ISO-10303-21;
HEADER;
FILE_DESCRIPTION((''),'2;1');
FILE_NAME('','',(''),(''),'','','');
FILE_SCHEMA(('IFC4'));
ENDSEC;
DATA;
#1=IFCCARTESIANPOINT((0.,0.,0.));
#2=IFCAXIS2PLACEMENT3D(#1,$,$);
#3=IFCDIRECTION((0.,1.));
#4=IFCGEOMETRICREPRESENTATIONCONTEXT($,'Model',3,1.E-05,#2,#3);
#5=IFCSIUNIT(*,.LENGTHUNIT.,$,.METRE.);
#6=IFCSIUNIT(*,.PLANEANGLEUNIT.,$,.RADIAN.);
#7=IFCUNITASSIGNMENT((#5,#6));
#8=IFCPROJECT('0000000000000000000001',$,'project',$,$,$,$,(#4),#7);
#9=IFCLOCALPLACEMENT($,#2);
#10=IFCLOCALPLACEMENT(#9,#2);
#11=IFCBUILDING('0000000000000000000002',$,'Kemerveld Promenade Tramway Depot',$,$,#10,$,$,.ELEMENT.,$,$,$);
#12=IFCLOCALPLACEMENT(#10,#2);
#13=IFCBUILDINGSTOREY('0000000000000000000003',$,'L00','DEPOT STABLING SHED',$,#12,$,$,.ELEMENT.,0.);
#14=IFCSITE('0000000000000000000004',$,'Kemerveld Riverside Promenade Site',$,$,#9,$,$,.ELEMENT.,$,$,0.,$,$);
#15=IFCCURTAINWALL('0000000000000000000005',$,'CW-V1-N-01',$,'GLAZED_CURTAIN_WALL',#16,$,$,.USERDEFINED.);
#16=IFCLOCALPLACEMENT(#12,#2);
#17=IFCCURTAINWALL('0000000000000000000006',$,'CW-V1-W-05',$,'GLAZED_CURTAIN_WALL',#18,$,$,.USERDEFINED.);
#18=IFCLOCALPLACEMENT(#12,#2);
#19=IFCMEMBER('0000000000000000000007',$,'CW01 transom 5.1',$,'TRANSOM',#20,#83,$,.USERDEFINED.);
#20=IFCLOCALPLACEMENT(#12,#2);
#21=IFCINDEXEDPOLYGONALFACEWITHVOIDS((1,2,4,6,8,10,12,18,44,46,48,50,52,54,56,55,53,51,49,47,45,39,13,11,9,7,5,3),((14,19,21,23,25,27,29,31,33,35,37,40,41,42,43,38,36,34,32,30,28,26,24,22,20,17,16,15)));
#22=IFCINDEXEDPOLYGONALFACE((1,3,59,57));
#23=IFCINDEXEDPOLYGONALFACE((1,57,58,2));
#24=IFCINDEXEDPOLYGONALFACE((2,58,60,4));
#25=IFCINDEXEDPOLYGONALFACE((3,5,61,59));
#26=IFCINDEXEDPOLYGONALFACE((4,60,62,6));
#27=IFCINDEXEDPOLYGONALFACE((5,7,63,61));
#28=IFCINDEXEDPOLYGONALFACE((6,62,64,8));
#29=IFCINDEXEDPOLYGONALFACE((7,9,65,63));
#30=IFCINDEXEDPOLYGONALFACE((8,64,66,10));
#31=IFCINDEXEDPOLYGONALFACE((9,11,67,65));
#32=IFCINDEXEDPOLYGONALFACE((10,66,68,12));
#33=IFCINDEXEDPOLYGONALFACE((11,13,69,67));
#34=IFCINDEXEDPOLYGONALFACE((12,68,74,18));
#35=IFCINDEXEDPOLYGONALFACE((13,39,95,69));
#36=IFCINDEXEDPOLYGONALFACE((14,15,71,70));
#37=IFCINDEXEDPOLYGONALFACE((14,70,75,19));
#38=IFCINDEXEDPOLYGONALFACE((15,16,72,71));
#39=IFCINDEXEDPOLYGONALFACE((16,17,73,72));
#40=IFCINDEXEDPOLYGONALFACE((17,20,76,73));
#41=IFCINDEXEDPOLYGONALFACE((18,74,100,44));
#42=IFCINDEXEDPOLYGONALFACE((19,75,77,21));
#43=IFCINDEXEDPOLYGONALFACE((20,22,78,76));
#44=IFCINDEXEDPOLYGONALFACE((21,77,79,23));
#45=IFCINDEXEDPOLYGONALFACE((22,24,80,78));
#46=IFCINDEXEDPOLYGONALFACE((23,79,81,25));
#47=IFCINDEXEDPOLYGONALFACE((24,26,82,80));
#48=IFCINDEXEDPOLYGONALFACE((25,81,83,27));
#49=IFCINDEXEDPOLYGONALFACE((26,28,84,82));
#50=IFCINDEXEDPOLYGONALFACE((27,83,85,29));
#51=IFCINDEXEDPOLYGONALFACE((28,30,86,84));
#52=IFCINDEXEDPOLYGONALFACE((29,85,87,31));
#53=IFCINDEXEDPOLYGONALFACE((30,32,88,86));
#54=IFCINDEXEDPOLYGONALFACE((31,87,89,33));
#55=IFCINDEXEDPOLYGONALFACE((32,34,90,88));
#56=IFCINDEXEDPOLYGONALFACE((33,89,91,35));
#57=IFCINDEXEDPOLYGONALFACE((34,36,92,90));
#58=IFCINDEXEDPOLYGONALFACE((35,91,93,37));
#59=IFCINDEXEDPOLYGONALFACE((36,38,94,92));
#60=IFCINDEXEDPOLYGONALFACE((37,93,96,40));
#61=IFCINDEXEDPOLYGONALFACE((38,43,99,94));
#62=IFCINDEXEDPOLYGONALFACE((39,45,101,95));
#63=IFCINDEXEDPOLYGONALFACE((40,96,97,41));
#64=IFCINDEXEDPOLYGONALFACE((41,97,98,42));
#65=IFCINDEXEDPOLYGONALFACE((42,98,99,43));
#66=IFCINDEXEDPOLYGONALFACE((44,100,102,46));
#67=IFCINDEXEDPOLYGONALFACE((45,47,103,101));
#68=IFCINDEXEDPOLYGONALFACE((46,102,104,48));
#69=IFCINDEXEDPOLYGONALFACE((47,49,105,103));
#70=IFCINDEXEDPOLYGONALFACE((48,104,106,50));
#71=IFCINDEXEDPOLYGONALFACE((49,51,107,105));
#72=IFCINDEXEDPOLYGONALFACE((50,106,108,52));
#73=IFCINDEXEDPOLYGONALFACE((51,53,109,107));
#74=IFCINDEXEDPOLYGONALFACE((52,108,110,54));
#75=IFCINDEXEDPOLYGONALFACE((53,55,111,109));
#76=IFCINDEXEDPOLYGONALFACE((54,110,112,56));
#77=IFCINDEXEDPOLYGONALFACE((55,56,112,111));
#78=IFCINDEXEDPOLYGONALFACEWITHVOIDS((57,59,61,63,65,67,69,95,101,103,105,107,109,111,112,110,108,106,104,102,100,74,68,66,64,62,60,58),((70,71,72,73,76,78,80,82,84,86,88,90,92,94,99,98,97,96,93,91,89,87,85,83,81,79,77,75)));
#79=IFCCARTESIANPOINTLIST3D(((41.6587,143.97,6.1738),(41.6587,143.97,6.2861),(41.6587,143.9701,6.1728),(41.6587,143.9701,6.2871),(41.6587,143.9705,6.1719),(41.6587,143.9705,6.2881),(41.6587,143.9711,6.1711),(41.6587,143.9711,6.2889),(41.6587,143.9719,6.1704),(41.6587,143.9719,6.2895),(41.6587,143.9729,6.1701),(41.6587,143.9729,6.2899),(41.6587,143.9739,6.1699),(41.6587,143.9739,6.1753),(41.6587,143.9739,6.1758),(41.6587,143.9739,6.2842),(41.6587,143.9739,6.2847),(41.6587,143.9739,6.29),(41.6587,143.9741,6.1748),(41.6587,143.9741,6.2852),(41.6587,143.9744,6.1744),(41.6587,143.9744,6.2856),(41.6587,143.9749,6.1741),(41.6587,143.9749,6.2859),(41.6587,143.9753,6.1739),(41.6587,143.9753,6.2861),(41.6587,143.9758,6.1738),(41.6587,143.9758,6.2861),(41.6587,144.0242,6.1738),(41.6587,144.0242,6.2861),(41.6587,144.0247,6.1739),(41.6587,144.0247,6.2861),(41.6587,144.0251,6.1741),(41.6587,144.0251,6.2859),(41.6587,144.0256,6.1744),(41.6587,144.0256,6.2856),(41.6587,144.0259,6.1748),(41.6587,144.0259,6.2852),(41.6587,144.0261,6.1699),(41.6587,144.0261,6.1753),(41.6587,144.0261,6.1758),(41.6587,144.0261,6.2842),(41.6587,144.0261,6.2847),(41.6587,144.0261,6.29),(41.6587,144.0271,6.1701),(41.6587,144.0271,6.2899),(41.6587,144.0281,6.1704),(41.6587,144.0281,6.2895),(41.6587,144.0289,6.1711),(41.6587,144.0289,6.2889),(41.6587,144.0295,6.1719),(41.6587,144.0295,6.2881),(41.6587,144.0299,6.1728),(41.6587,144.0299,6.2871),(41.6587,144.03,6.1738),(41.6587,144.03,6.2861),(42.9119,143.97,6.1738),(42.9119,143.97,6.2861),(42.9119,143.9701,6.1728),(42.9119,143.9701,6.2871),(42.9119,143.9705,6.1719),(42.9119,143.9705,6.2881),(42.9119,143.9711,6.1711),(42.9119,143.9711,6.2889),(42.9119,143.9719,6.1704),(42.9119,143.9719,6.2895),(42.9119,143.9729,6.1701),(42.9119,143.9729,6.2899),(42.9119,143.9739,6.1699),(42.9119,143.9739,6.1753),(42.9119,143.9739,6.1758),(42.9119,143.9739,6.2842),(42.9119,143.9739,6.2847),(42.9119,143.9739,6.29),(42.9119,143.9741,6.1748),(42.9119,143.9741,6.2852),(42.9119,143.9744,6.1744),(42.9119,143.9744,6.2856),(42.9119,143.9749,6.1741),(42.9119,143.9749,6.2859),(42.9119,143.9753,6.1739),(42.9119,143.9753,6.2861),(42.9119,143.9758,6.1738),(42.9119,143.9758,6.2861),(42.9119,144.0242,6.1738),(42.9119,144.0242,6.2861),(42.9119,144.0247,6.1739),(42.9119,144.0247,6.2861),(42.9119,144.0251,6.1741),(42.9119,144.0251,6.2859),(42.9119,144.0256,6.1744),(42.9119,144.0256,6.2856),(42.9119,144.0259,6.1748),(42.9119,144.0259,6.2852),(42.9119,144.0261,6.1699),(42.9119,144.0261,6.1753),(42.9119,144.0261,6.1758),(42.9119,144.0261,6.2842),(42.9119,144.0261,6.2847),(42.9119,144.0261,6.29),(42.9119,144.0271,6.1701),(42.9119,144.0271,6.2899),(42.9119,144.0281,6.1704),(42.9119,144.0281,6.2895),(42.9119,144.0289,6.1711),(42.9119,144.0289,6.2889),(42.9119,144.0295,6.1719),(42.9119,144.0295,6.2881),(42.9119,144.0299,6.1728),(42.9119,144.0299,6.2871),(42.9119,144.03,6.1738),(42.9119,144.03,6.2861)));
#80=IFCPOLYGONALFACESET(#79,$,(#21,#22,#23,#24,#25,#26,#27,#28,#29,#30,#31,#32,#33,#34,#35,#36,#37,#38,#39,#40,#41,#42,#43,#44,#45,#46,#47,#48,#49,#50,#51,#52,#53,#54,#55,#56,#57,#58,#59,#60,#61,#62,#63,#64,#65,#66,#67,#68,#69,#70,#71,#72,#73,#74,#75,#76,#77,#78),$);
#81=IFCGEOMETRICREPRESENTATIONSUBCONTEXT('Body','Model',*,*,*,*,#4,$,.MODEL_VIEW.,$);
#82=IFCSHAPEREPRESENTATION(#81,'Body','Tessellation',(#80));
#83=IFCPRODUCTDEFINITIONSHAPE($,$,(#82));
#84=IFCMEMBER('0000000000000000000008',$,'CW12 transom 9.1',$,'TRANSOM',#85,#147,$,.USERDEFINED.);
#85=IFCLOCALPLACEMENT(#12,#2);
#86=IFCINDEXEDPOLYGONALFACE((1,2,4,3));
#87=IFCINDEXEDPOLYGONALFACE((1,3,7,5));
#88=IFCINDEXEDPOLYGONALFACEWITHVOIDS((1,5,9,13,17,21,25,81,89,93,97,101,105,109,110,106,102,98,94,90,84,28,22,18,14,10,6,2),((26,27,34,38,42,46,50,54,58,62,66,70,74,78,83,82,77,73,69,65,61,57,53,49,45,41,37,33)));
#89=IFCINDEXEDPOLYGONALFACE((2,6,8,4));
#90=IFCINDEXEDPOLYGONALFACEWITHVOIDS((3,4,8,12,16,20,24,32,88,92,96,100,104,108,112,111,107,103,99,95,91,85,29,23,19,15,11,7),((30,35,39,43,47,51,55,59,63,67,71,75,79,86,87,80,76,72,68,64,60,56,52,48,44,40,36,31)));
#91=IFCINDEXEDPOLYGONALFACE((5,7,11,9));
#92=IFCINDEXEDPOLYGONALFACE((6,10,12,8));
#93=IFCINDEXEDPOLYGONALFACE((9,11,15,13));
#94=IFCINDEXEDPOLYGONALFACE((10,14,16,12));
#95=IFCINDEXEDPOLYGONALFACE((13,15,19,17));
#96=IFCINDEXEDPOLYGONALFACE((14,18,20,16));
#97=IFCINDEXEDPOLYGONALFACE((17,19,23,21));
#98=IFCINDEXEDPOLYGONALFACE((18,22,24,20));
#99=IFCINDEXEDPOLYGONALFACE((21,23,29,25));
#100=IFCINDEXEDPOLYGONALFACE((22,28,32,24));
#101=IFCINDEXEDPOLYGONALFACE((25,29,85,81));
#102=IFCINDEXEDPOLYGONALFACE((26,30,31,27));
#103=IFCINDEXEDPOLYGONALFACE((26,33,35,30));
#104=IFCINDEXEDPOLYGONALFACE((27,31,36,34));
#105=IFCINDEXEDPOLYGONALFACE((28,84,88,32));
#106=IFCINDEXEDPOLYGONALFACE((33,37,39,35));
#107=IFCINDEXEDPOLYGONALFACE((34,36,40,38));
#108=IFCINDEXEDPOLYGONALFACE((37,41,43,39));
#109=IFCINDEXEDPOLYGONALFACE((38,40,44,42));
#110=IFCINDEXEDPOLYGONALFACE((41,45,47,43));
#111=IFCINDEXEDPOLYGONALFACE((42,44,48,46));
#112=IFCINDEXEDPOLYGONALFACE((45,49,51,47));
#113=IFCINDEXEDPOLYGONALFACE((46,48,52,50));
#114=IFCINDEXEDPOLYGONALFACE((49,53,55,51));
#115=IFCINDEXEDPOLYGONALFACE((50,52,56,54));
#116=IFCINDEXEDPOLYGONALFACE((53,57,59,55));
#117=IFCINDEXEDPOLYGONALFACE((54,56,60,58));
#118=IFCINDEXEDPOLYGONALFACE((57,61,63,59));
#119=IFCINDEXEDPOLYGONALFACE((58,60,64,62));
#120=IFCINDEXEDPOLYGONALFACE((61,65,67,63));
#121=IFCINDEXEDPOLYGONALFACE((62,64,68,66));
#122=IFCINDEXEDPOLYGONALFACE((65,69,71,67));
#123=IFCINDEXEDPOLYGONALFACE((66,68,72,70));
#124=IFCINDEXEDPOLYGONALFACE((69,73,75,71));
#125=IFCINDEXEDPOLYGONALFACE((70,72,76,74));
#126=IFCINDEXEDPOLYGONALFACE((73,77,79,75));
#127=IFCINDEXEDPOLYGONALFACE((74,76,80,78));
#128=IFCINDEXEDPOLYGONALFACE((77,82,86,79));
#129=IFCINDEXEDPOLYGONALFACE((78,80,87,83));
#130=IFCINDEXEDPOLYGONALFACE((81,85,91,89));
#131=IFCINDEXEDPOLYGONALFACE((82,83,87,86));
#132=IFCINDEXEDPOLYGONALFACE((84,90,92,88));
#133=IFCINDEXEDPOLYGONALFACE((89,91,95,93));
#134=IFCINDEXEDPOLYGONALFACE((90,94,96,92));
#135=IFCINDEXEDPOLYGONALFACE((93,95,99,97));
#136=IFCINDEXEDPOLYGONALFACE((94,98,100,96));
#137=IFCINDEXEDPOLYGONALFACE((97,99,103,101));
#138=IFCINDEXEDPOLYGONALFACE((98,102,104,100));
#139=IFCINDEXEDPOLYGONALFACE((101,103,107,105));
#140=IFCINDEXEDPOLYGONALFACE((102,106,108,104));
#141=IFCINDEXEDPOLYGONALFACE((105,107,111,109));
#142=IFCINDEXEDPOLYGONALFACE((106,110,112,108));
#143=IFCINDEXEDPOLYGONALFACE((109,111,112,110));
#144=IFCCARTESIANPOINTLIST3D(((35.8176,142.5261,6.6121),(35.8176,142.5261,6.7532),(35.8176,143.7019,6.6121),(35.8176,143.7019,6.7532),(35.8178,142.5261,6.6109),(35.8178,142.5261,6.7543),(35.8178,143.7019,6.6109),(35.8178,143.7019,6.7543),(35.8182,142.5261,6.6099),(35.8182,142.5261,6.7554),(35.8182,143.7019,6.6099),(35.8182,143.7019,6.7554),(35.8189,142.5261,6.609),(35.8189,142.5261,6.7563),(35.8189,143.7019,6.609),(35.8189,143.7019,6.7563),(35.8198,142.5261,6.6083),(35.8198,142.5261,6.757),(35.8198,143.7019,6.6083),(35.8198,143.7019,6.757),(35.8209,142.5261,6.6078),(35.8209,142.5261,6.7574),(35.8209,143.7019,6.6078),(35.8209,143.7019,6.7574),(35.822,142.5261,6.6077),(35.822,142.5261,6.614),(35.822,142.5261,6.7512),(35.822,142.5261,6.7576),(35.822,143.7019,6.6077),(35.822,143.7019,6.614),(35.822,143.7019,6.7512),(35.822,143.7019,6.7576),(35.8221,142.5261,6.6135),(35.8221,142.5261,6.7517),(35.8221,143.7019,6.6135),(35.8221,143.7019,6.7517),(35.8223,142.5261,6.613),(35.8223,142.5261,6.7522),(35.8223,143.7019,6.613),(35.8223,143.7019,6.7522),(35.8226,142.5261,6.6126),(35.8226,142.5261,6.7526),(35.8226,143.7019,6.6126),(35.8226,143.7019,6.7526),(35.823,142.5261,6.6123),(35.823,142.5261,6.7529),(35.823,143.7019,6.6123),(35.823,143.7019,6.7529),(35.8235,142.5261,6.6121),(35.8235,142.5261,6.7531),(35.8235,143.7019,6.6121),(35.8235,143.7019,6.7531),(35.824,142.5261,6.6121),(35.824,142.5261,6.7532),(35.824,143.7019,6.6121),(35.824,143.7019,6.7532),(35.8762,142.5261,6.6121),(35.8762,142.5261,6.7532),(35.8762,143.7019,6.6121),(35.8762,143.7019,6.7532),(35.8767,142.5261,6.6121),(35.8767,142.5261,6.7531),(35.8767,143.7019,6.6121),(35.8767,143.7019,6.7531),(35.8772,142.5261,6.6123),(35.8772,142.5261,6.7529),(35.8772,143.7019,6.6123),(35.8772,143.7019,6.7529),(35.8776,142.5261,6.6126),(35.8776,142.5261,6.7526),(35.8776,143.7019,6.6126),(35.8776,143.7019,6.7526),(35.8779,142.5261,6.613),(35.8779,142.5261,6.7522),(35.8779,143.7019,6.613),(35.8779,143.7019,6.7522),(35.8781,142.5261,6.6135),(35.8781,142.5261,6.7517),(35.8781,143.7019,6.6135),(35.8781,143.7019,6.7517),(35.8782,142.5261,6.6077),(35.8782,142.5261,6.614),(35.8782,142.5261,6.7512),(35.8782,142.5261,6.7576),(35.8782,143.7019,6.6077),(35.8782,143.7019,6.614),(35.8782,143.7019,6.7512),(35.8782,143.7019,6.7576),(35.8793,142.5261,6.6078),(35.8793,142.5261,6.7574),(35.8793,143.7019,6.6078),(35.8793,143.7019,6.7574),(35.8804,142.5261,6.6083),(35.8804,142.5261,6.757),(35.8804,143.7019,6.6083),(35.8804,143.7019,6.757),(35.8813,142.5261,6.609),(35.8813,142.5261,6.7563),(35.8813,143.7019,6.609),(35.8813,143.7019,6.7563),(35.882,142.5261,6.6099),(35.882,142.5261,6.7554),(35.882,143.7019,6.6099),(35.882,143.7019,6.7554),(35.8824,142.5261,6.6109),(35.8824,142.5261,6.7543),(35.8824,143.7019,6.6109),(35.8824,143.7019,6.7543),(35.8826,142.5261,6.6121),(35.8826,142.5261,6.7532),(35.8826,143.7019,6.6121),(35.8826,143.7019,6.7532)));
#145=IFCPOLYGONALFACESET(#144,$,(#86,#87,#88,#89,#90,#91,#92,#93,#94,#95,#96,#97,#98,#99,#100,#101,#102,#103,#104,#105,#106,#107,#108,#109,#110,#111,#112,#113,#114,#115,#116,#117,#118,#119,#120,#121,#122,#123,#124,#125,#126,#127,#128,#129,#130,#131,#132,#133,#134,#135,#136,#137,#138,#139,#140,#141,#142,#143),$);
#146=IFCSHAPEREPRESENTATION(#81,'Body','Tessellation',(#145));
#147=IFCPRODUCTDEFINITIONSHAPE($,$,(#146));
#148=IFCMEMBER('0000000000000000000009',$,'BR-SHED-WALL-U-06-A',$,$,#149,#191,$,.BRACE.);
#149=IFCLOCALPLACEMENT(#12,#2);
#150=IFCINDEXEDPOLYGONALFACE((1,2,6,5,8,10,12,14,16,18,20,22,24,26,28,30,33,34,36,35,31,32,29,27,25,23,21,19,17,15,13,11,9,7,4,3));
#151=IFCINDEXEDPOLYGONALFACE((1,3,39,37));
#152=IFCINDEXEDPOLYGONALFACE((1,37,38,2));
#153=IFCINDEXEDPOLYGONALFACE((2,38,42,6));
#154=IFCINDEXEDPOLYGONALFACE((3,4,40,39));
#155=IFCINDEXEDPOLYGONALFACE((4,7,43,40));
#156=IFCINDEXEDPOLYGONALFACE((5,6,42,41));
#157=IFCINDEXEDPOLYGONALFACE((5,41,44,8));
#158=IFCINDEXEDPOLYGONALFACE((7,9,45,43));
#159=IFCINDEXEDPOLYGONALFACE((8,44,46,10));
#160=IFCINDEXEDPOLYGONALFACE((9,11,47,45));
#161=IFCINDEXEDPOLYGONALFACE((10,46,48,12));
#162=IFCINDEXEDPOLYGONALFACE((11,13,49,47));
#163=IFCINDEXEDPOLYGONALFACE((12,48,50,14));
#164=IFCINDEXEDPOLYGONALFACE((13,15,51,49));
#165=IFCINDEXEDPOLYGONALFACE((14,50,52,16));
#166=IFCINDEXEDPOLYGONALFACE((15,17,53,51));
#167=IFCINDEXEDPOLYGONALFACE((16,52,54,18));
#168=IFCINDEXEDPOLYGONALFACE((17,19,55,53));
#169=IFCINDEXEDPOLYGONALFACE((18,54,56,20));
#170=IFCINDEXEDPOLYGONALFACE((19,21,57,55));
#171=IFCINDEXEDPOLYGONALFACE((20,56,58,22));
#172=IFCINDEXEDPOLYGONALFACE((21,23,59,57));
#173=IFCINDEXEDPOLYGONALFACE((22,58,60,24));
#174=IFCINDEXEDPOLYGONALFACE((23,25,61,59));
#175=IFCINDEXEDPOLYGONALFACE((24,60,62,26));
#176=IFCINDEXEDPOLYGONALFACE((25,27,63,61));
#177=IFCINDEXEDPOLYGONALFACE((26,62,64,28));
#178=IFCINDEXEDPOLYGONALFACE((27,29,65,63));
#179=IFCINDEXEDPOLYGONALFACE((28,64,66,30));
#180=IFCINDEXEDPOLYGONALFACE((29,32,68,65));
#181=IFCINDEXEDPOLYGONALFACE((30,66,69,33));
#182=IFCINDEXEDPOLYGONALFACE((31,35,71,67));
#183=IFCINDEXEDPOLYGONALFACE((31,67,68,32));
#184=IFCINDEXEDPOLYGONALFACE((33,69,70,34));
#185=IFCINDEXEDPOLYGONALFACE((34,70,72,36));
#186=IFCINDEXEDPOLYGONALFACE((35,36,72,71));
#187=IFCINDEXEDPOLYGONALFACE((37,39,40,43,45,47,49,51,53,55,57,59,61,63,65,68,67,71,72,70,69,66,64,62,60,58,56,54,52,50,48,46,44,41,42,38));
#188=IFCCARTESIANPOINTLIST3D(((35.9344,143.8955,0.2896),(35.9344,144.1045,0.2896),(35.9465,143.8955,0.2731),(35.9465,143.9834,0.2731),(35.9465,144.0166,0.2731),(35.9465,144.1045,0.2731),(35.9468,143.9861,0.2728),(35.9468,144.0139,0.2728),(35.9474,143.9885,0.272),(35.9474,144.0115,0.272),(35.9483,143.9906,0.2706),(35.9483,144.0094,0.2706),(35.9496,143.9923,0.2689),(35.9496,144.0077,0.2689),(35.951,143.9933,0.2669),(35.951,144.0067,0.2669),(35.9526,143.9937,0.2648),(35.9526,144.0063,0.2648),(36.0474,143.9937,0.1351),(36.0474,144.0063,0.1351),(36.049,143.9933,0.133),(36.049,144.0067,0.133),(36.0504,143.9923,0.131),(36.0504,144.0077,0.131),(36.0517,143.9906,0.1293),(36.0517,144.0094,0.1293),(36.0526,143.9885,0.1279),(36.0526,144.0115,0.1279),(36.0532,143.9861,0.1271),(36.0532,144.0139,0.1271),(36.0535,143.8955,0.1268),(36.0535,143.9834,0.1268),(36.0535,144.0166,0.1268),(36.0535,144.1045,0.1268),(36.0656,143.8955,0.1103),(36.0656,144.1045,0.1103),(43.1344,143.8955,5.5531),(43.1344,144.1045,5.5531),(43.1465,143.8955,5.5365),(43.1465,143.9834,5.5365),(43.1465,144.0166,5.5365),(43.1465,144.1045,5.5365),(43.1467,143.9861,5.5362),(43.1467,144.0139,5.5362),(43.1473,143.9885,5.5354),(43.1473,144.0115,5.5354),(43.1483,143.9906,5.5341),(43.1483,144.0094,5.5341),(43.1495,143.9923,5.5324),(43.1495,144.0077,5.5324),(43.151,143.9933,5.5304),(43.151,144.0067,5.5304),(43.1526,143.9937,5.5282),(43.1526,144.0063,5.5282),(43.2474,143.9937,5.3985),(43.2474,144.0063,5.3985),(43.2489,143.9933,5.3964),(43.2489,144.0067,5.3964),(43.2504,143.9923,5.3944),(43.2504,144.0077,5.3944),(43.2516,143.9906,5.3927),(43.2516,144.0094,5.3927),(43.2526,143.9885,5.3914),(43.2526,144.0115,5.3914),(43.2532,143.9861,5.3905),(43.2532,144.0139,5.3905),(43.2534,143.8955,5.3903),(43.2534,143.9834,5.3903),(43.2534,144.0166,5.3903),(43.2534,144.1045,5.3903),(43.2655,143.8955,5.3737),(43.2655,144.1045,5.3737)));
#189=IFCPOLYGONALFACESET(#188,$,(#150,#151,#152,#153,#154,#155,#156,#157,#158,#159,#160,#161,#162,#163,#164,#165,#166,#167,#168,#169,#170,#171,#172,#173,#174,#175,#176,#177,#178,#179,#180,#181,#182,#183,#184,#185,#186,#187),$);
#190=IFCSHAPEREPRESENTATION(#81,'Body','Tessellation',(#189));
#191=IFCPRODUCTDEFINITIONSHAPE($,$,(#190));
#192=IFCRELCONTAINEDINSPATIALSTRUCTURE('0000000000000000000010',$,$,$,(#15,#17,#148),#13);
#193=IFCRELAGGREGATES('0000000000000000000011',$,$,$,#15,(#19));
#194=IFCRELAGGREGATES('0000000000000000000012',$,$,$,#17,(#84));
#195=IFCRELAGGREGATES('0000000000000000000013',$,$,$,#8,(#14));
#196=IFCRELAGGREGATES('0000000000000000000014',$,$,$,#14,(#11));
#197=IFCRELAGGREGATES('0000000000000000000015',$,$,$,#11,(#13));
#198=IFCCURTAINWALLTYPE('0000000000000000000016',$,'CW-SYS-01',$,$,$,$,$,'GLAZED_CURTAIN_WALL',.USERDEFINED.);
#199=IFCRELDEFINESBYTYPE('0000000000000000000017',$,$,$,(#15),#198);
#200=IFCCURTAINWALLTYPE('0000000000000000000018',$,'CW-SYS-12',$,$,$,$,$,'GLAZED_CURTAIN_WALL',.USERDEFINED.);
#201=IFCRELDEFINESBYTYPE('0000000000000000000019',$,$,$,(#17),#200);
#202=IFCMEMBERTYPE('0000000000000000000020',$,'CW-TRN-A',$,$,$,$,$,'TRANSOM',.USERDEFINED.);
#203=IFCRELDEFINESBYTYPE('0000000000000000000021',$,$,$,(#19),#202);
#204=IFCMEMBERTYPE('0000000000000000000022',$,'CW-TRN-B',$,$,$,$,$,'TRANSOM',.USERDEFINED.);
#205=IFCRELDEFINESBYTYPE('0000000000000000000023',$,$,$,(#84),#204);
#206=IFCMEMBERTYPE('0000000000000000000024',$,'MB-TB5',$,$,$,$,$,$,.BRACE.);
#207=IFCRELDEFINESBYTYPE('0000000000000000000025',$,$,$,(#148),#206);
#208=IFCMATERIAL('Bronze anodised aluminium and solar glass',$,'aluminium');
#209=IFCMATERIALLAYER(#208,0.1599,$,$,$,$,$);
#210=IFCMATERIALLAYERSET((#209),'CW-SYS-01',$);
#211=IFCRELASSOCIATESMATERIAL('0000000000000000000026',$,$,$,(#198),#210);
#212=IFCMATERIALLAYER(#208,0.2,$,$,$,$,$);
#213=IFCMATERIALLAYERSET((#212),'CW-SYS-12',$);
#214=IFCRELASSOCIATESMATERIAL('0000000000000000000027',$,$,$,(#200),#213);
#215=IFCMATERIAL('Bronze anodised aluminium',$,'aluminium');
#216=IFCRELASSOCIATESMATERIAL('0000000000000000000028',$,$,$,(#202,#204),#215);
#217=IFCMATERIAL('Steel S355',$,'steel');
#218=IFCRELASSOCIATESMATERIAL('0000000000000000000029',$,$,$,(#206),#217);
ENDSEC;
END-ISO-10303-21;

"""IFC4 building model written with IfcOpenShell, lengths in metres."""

from ifc_helpers import new_model, si_unit, direction, frame, origin, origin_2d, place, context, subcontext, project, spatial, hollow_rectangle, i_section, extrude, material, layer, layer_set, material_profile, profile_set, type_object, element, aggregate, save


model = new_model("IFC4")

# Units and contexts
model_context = context("Model", 3, precision=1e-05, world=origin(), true_north=direction((0.0, 1.0)))
body_context = subcontext(model_context, "Body", "Model", "MODEL_VIEW")
ifc_project = project(units=[si_unit("LENGTHUNIT", "METRE"), si_unit("PLANEANGLEUNIT", "RADIAN")], contexts=[model_context])

# Site, building, storey
site_placement = place(None, origin())
site = spatial("IfcSite", under=ifc_project, at=site_placement, Name="Kemerveld Riverside Promenade Site", CompositionType="ELEMENT", RefElevation=0.0)
building_placement = place(site_placement, origin())
building = spatial("IfcBuilding", under=site, at=building_placement, Name="Kemerveld Promenade Tramway Depot", CompositionType="ELEMENT")
storey_placement = place(building_placement, origin())
storey = spatial("IfcBuildingStorey", under=building, at=storey_placement, Name="L00", Description="DEPOT STABLING SHED", CompositionType="ELEMENT", Elevation=0.0)

# Shared definitions
ifc_material_1 = material(Name="Steel S355", Category="steel")

# Curtain walls
ifc_material_2 = material(Name="Bronze anodised aluminium and solar glass", Category="aluminium")
ifc_layer_1 = layer(ifc_material_2, 0.1599)
ifc_layer_set_1 = layer_set([ifc_layer_1], Name="CW-SYS-01")
curtain_wall_type_1 = type_object("IfcCurtainWallType", Name="CW-SYS-01", ElementType="GLAZED_CURTAIN_WALL", PredefinedType="USERDEFINED", material=ifc_layer_set_1)
curtain_wall_1_placement = place(storey_placement, origin())
curtain_wall_1 = element("IfcCurtainWall", 1, at=curtain_wall_1_placement, inside=storey, type_object=curtain_wall_type_1, Name="CW-V1-N-01", ObjectType="GLAZED_CURTAIN_WALL", PredefinedType="USERDEFINED")
ifc_material_3 = material(Name="Bronze anodised aluminium", Category="aluminium")
ifc_layer_2 = layer(ifc_material_2, 0.2)
ifc_layer_set_2 = layer_set([ifc_layer_2], Name="CW-SYS-12")
curtain_wall_type_2 = type_object("IfcCurtainWallType", Name="CW-SYS-12", ElementType="GLAZED_CURTAIN_WALL", PredefinedType="USERDEFINED", material=ifc_layer_set_2)
curtain_wall_2_placement = place(storey_placement, origin())
curtain_wall_2 = element("IfcCurtainWall", 2, at=curtain_wall_2_placement, inside=storey, type_object=curtain_wall_type_2, Name="CW-V1-W-05", ObjectType="GLAZED_CURTAIN_WALL", PredefinedType="USERDEFINED")

# Members
ifc_material_profile_1 = material_profile(ifc_material_3, hollow_rectangle(XDim=0.0601, YDim=0.1201, WallThickness=0.0039, InnerFilletRadius=0.002, OuterFilletRadius=0.0039, at=origin_2d()), Name="CW-TRN-120x60")
ifc_profile_set_1 = profile_set([ifc_material_profile_1], Name="Bronze anodised aluminium")
member_type_1 = type_object("IfcMemberType", Name="CW-TRN-A", ElementType="TRANSOM", PredefinedType="USERDEFINED", material=ifc_profile_set_1)
member_1_placement = place(storey_placement, frame((41.6587, 144.0, 6.23), z_axis=(1.0, 0.0, 0.0), x_axis=(0.0, 1.0, 0.0)))
member_1 = element("IfcMember", 3, at=member_1_placement, type_object=member_type_1, Name="CW01 transom 5.1", ObjectType="TRANSOM", PredefinedType="USERDEFINED", context=body_context, shape_type="SweptSolid", body=[
    extrude(hollow_rectangle(XDim=0.0601, YDim=0.1201, WallThickness=0.0039, InnerFilletRadius=0.002, OuterFilletRadius=0.0039, at=origin_2d()), origin(), (0.0, 0.0, 1.0), 1.2532),
])
ifc_material_profile_2 = material_profile(ifc_material_3, hollow_rectangle(XDim=0.0649, YDim=0.1499, WallThickness=0.0044, InnerFilletRadius=0.002, OuterFilletRadius=0.0044, at=origin_2d()), Name="CW-TRN-150x65")
ifc_profile_set_2 = profile_set([ifc_material_profile_2], Name="Bronze anodised aluminium")
member_type_2 = type_object("IfcMemberType", Name="CW-TRN-B", ElementType="TRANSOM", PredefinedType="USERDEFINED", material=ifc_profile_set_2)
member_2_placement = place(storey_placement, frame((35.8501, 142.5261, 6.6826), z_axis=(0.0, 1.0, 0.0), x_axis=(-1.0, 0.0, 0.0)))
member_2 = element("IfcMember", 4, at=member_2_placement, type_object=member_type_2, Name="CW12 transom 9.1", ObjectType="TRANSOM", PredefinedType="USERDEFINED", context=body_context, shape_type="SweptSolid", body=[
    extrude(hollow_rectangle(XDim=0.0649, YDim=0.1499, WallThickness=0.0044, InnerFilletRadius=0.002, OuterFilletRadius=0.0044, at=origin_2d()), origin(), (0.0, 0.0, 1.0), 1.1758),
])
ifc_material_profile_3 = material_profile(ifc_material_1, i_section(OverallWidth=0.209, OverallDepth=0.2222, WebThickness=0.0127, FlangeThickness=0.0205, FilletRadius=0.0103, at=origin_2d()), Name="203x203x86 UC")
ifc_profile_set_3 = profile_set([ifc_material_profile_3], Name="Steel S355")
member_type_3 = type_object("IfcMemberType", Name="MB-TB5", PredefinedType="BRACE", material=ifc_profile_set_3)
member_3_placement = place(storey_placement, frame((36.0, 144.0, 0.2), z_axis=(0.807288, 0.0, 0.590157), x_axis=(0.0, 1.0, 0.0)))
element("IfcMember", 5, at=member_3_placement, inside=storey, type_object=member_type_3, Name="BR-SHED-WALL-U-06-A", PredefinedType="BRACE", context=body_context, shape_type="SweptSolid", body=[
    extrude(i_section(OverallWidth=0.209, OverallDepth=0.2222, WebThickness=0.0127, FlangeThickness=0.0205, FilletRadius=0.0103, at=origin_2d()), origin(), (0.0, 0.0, 1.0), 8.9187),
])

aggregate(curtain_wall_1, [member_1])
aggregate(curtain_wall_2, [member_2])

save(model, "model.ifc")
